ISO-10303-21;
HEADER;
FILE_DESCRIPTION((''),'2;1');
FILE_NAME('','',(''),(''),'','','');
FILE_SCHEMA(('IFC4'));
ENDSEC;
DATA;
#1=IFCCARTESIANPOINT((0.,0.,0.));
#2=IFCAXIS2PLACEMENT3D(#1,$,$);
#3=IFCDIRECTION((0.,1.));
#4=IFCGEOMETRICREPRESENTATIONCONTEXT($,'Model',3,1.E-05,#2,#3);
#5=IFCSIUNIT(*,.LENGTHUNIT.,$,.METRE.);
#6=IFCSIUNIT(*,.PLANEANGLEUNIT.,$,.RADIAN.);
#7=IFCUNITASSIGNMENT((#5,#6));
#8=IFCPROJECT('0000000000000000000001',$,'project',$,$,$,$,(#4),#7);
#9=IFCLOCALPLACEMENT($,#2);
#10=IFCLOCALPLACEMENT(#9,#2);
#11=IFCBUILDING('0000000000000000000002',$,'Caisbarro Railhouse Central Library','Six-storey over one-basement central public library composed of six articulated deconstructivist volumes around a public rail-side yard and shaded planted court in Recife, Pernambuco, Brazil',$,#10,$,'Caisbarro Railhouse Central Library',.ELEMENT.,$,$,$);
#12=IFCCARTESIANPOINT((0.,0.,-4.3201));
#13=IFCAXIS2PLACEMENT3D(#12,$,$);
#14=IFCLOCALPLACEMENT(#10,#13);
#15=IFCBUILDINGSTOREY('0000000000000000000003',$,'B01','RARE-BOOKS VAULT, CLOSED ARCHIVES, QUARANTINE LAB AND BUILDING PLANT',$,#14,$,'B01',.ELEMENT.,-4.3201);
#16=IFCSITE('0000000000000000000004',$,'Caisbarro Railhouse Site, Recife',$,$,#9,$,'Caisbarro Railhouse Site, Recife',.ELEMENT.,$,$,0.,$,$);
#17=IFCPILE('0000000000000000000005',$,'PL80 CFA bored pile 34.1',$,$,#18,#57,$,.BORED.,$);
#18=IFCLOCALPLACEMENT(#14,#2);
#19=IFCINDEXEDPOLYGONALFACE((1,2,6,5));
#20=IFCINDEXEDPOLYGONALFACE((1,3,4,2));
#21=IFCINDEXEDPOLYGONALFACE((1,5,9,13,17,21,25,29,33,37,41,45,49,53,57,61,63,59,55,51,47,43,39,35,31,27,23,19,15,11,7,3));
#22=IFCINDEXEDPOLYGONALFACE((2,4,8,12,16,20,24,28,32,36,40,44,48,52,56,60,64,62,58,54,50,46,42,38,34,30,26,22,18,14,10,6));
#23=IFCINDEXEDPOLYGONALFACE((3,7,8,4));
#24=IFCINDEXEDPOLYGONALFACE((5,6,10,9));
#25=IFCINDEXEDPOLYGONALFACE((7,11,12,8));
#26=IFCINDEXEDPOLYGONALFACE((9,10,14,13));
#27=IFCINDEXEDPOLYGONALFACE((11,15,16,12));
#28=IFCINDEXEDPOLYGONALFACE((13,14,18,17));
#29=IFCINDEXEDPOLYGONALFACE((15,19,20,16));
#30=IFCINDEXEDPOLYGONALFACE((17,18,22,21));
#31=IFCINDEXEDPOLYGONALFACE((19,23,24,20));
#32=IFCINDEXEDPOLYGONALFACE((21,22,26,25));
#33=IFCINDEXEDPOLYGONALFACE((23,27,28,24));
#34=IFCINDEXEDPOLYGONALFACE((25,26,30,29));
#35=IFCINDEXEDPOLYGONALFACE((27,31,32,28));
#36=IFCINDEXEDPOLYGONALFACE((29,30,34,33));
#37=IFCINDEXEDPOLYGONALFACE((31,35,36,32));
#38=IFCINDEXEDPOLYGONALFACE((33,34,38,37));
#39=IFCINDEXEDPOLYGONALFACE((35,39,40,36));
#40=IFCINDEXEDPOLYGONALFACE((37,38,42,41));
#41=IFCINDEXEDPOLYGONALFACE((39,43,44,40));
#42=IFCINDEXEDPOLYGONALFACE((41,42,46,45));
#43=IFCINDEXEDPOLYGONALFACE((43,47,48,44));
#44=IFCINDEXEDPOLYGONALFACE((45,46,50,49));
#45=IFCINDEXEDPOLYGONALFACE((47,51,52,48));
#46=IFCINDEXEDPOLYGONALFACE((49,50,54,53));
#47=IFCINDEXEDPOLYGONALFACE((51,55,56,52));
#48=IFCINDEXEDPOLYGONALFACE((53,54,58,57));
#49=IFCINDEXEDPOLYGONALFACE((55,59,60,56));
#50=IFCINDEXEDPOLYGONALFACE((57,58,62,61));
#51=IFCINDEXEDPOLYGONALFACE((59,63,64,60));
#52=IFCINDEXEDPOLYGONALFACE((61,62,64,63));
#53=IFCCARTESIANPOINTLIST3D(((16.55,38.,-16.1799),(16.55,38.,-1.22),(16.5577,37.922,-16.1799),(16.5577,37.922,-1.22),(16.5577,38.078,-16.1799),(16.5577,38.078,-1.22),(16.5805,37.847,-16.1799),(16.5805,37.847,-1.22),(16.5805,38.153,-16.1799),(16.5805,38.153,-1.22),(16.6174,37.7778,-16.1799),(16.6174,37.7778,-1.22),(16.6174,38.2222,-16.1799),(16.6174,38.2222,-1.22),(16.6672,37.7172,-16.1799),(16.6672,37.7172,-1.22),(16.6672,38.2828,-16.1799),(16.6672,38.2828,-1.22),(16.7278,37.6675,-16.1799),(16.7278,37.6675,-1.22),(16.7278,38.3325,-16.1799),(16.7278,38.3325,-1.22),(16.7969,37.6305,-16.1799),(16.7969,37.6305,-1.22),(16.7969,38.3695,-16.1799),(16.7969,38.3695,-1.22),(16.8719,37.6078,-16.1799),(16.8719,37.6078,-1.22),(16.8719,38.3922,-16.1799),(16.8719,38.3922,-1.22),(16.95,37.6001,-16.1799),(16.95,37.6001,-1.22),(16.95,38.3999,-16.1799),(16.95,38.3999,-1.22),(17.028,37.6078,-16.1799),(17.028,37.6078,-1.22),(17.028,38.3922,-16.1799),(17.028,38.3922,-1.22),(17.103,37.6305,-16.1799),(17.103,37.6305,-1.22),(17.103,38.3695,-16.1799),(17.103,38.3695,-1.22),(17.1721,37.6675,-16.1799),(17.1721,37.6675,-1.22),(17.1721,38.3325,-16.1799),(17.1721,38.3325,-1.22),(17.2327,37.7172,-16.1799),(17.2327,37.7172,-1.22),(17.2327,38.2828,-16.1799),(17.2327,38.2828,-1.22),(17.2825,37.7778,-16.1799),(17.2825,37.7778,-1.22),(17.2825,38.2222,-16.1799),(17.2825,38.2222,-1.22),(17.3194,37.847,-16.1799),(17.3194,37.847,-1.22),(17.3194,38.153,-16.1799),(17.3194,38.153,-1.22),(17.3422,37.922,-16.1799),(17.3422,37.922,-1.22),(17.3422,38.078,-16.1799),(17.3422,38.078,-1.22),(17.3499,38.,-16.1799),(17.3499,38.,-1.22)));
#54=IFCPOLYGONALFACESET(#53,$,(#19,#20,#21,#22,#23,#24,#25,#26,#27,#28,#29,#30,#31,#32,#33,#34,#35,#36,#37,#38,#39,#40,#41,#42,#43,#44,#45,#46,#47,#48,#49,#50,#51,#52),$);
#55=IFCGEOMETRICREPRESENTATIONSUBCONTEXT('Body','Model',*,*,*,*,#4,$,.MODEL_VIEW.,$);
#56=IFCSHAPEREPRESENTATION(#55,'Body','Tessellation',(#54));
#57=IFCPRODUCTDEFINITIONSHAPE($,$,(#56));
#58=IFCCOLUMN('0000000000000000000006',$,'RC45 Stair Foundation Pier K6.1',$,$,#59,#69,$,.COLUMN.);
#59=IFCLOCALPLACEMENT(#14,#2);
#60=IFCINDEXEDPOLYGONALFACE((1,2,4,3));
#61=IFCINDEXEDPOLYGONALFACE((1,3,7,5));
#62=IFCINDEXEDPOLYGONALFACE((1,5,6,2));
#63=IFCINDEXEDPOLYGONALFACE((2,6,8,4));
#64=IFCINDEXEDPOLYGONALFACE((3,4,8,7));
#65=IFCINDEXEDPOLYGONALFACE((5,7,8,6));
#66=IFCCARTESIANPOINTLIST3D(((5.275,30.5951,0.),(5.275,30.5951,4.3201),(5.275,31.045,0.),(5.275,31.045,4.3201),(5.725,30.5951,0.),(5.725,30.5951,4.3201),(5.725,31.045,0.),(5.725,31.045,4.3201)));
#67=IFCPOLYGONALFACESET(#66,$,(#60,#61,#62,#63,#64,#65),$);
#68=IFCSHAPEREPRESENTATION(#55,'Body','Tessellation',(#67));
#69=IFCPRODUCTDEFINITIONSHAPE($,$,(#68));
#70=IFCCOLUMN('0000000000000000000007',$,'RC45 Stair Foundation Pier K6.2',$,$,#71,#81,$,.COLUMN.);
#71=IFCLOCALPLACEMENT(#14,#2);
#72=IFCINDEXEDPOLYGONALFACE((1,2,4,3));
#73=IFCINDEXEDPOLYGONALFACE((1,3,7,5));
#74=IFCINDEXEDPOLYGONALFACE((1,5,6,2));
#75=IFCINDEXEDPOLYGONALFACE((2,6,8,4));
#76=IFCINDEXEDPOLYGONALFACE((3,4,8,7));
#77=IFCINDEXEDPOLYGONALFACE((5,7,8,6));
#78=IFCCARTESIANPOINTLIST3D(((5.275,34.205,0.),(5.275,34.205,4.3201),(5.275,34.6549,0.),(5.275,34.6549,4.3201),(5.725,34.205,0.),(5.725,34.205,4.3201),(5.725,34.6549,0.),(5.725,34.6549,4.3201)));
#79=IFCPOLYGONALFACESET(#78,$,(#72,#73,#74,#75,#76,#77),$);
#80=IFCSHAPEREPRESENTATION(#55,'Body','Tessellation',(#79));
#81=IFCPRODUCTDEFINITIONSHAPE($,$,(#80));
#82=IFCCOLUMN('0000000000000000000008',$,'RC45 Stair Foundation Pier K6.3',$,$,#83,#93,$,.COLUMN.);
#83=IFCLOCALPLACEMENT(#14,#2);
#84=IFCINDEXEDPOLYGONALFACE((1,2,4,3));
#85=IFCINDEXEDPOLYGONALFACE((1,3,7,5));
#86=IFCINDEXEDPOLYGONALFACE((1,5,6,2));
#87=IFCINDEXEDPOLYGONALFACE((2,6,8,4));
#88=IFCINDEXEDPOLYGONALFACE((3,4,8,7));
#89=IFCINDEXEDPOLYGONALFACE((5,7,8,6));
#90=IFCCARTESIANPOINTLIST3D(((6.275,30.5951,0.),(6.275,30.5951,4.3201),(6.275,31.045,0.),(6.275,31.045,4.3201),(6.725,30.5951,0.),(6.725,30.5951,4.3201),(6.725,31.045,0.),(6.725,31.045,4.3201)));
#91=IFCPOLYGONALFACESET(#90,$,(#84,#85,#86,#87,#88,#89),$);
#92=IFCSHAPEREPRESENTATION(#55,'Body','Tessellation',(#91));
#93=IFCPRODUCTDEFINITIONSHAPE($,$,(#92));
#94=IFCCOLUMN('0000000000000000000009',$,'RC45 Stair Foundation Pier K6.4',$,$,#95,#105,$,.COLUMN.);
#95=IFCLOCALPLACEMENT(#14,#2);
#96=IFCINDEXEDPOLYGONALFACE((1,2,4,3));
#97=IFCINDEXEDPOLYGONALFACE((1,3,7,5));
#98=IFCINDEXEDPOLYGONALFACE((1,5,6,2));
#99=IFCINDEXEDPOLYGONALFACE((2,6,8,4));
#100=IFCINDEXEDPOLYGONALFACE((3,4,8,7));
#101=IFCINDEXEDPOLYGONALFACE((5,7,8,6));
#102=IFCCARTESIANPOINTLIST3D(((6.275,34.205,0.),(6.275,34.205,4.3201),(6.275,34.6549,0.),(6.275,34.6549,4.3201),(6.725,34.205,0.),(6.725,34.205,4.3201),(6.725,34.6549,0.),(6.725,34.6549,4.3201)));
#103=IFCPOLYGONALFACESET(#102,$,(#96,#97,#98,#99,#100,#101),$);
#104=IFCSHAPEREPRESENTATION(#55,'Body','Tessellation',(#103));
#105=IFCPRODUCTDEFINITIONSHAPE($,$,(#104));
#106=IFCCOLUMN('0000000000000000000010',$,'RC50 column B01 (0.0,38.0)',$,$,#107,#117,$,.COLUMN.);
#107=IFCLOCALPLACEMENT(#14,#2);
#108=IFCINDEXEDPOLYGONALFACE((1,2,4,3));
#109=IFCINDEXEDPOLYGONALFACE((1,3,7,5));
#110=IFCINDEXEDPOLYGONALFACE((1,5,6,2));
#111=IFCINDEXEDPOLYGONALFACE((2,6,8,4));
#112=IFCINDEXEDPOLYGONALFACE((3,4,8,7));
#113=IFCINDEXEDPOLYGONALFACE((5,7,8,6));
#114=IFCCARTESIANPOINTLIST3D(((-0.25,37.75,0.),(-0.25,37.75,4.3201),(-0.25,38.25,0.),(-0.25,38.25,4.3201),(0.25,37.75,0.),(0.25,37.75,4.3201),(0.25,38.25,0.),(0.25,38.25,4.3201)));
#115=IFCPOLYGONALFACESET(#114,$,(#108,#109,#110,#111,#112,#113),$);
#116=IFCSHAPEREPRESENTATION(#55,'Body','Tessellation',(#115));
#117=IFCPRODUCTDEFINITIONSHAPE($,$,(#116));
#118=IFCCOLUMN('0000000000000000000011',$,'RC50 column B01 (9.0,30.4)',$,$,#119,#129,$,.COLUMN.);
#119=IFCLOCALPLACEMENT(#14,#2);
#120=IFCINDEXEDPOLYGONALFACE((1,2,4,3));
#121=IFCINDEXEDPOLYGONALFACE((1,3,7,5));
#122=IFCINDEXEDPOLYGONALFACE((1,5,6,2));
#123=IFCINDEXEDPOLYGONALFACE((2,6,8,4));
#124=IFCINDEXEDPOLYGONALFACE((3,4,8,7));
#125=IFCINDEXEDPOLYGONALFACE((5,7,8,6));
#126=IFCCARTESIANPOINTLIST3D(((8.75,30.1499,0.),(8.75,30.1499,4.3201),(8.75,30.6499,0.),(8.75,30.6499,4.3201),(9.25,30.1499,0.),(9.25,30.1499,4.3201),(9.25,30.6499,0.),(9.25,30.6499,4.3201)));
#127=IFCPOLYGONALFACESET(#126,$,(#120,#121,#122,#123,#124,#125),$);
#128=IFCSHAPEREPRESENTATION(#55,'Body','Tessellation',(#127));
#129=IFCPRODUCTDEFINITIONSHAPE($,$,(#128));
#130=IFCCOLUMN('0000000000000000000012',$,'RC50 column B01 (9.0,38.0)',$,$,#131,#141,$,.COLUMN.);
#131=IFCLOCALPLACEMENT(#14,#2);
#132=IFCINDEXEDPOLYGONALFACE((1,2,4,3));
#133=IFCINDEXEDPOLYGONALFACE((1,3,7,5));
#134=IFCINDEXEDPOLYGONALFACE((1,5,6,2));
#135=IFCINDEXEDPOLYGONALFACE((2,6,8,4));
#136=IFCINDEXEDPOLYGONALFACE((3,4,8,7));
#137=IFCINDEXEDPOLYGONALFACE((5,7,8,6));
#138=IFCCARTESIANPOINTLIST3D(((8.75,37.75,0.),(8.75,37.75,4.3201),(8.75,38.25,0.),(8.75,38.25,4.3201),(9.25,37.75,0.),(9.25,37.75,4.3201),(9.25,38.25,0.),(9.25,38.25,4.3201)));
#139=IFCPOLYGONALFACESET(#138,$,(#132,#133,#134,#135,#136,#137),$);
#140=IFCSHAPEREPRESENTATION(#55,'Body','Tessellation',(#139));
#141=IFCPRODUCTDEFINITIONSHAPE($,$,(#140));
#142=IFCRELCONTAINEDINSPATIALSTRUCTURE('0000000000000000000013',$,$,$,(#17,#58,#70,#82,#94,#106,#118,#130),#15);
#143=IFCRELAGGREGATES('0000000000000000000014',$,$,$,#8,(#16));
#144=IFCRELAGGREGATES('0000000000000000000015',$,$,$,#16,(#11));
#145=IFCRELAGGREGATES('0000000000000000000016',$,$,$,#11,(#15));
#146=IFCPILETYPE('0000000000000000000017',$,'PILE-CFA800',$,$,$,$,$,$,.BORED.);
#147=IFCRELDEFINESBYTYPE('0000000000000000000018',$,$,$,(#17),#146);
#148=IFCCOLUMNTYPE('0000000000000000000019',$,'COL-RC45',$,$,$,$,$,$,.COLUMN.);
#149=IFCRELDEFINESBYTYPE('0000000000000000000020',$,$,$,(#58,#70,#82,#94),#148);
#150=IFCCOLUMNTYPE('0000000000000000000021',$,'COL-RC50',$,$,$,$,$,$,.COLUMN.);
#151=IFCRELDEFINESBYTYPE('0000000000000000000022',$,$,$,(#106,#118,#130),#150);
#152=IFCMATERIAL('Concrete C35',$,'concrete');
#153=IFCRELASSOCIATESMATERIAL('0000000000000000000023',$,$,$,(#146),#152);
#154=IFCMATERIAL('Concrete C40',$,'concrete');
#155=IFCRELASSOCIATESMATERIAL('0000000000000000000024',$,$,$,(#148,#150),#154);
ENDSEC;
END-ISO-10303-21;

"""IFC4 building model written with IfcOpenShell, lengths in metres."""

from ifc_helpers import new_model, si_unit, direction, frame, origin, origin_2d, place, context, subcontext, project, spatial, rectangle, circle, extrude, material, material_profile, profile_set, type_object, element, save


model = new_model("IFC4")

# Units and contexts
model_context = context("Model", 3, precision=1e-05, world=origin(), true_north=direction((0.0, 1.0)))
body_context = subcontext(model_context, "Body", "Model", "MODEL_VIEW")
ifc_project = project(units=[si_unit("LENGTHUNIT", "METRE"), si_unit("PLANEANGLEUNIT", "RADIAN")], contexts=[model_context])

# Site, building, storey
site_placement = place(None, origin())
site = spatial("IfcSite", under=ifc_project, at=site_placement, Name="Caisbarro Railhouse Site, Recife", LongName="Caisbarro Railhouse Site, Recife", CompositionType="ELEMENT", RefElevation=0.0)
building_placement = place(site_placement, origin())
building = spatial("IfcBuilding", under=site, at=building_placement, Name="Caisbarro Railhouse Central Library", Description="Six-storey over one-basement central public library composed of six articulated deconstructivist volumes around a public rail-side yard and shaded planted court in Recife, Pernambuco, Brazil", LongName="Caisbarro Railhouse Central Library", CompositionType="ELEMENT")
storey_placement = place(building_placement, frame((0.0, 0.0, -4.3201)))
storey = spatial("IfcBuildingStorey", under=building, at=storey_placement, Name="B01", Description="RARE-BOOKS VAULT, CLOSED ARCHIVES, QUARANTINE LAB AND BUILDING PLANT", LongName="B01", CompositionType="ELEMENT", Elevation=-4.3201)

# Shared definitions
ifc_material_1 = material(Name="Concrete C35", Category="concrete")
ifc_material_2 = material(Name="Concrete C40", Category="concrete")

# Pile
ifc_material_profile_1 = material_profile(ifc_material_1, circle(Radius=0.3999, at=origin_2d()), Name="PILE-CFA-800")
ifc_profile_set_1 = profile_set([ifc_material_profile_1], Name="Concrete C35")
pile_type_1 = type_object("IfcPileType", Name="PILE-CFA800", PredefinedType="BORED", material=ifc_profile_set_1)
for number, where, z_axis, x_axis, name in (
    (1, (16.95, 38.0, -1.22), (0.0, 0.0, -1.0), (1.0, 0.0, 0.0), "PL80 CFA bored pile 34.1"),
):
    element("IfcPile", number, at=place(storey_placement, frame(where, z_axis=z_axis, x_axis=x_axis)), inside=storey, type_object=pile_type_1, Name=name, PredefinedType="BORED", context=body_context, shape_type="SweptSolid", body=[
        extrude(circle(Radius=0.3999, at=origin_2d()), origin(), (0.0, 0.0, 1.0), 14.96),
    ])

# Columns
ifc_material_profile_2 = material_profile(ifc_material_2, rectangle(XDim=0.45, YDim=0.45, at=origin_2d()), Name="RC-COL-450X450")
ifc_profile_set_2 = profile_set([ifc_material_profile_2], Name="Concrete C40")
column_type_1 = type_object("IfcColumnType", Name="COL-RC45", PredefinedType="COLUMN", material=ifc_profile_set_2)
for number, where, z_axis, x_axis, name in (
    (2, (5.5, 30.8201, 0.0), (0.0, 0.0, 1.0), (1.0, 0.0, 0.0), "RC45 Stair Foundation Pier K6.1"),
    (3, (5.5, 34.4299, 0.0), (0.0, 0.0, 1.0), (1.0, 0.0, 0.0), "RC45 Stair Foundation Pier K6.2"),
    (4, (6.5, 30.8201, 0.0), (0.0, 0.0, 1.0), (1.0, 0.0, 0.0), "RC45 Stair Foundation Pier K6.3"),
    (5, (6.5, 34.4299, 0.0), (0.0, 0.0, 1.0), (1.0, 0.0, 0.0), "RC45 Stair Foundation Pier K6.4"),
):
    element("IfcColumn", number, at=place(storey_placement, frame(where, z_axis=z_axis, x_axis=x_axis)), inside=storey, type_object=column_type_1, Name=name, PredefinedType="COLUMN", context=body_context, shape_type="SweptSolid", body=[
        extrude(rectangle(XDim=0.45, YDim=0.45, at=origin_2d()), origin(), (0.0, 0.0, 1.0), 4.3201),
    ])
ifc_material_profile_3 = material_profile(ifc_material_2, rectangle(XDim=0.5, YDim=0.5, at=origin_2d()), Name="RC-COL-500X500")
ifc_profile_set_3 = profile_set([ifc_material_profile_3], Name="Concrete C40")
column_type_2 = type_object("IfcColumnType", Name="COL-RC50", PredefinedType="COLUMN", material=ifc_profile_set_3)
for number, where, z_axis, x_axis, name in (
    (6, (0.0, 38.0, 0.0), (0.0, 0.0, 1.0), (1.0, 0.0, 0.0), "RC50 column B01 (0.0,38.0)"),
    (7, (9.0, 30.3999, 0.0), (0.0, 0.0, 1.0), (1.0, 0.0, 0.0), "RC50 column B01 (9.0,30.4)"),
    (8, (9.0, 38.0, 0.0), (0.0, 0.0, 1.0), (1.0, 0.0, 0.0), "RC50 column B01 (9.0,38.0)"),
):
    element("IfcColumn", number, at=place(storey_placement, frame(where, z_axis=z_axis, x_axis=x_axis)), inside=storey, type_object=column_type_2, Name=name, PredefinedType="COLUMN", context=body_context, shape_type="SweptSolid", body=[
        extrude(rectangle(XDim=0.5, YDim=0.5, at=origin_2d()), origin(), (0.0, 0.0, 1.0), 4.3201),
    ])

save(model, "model.ifc")
